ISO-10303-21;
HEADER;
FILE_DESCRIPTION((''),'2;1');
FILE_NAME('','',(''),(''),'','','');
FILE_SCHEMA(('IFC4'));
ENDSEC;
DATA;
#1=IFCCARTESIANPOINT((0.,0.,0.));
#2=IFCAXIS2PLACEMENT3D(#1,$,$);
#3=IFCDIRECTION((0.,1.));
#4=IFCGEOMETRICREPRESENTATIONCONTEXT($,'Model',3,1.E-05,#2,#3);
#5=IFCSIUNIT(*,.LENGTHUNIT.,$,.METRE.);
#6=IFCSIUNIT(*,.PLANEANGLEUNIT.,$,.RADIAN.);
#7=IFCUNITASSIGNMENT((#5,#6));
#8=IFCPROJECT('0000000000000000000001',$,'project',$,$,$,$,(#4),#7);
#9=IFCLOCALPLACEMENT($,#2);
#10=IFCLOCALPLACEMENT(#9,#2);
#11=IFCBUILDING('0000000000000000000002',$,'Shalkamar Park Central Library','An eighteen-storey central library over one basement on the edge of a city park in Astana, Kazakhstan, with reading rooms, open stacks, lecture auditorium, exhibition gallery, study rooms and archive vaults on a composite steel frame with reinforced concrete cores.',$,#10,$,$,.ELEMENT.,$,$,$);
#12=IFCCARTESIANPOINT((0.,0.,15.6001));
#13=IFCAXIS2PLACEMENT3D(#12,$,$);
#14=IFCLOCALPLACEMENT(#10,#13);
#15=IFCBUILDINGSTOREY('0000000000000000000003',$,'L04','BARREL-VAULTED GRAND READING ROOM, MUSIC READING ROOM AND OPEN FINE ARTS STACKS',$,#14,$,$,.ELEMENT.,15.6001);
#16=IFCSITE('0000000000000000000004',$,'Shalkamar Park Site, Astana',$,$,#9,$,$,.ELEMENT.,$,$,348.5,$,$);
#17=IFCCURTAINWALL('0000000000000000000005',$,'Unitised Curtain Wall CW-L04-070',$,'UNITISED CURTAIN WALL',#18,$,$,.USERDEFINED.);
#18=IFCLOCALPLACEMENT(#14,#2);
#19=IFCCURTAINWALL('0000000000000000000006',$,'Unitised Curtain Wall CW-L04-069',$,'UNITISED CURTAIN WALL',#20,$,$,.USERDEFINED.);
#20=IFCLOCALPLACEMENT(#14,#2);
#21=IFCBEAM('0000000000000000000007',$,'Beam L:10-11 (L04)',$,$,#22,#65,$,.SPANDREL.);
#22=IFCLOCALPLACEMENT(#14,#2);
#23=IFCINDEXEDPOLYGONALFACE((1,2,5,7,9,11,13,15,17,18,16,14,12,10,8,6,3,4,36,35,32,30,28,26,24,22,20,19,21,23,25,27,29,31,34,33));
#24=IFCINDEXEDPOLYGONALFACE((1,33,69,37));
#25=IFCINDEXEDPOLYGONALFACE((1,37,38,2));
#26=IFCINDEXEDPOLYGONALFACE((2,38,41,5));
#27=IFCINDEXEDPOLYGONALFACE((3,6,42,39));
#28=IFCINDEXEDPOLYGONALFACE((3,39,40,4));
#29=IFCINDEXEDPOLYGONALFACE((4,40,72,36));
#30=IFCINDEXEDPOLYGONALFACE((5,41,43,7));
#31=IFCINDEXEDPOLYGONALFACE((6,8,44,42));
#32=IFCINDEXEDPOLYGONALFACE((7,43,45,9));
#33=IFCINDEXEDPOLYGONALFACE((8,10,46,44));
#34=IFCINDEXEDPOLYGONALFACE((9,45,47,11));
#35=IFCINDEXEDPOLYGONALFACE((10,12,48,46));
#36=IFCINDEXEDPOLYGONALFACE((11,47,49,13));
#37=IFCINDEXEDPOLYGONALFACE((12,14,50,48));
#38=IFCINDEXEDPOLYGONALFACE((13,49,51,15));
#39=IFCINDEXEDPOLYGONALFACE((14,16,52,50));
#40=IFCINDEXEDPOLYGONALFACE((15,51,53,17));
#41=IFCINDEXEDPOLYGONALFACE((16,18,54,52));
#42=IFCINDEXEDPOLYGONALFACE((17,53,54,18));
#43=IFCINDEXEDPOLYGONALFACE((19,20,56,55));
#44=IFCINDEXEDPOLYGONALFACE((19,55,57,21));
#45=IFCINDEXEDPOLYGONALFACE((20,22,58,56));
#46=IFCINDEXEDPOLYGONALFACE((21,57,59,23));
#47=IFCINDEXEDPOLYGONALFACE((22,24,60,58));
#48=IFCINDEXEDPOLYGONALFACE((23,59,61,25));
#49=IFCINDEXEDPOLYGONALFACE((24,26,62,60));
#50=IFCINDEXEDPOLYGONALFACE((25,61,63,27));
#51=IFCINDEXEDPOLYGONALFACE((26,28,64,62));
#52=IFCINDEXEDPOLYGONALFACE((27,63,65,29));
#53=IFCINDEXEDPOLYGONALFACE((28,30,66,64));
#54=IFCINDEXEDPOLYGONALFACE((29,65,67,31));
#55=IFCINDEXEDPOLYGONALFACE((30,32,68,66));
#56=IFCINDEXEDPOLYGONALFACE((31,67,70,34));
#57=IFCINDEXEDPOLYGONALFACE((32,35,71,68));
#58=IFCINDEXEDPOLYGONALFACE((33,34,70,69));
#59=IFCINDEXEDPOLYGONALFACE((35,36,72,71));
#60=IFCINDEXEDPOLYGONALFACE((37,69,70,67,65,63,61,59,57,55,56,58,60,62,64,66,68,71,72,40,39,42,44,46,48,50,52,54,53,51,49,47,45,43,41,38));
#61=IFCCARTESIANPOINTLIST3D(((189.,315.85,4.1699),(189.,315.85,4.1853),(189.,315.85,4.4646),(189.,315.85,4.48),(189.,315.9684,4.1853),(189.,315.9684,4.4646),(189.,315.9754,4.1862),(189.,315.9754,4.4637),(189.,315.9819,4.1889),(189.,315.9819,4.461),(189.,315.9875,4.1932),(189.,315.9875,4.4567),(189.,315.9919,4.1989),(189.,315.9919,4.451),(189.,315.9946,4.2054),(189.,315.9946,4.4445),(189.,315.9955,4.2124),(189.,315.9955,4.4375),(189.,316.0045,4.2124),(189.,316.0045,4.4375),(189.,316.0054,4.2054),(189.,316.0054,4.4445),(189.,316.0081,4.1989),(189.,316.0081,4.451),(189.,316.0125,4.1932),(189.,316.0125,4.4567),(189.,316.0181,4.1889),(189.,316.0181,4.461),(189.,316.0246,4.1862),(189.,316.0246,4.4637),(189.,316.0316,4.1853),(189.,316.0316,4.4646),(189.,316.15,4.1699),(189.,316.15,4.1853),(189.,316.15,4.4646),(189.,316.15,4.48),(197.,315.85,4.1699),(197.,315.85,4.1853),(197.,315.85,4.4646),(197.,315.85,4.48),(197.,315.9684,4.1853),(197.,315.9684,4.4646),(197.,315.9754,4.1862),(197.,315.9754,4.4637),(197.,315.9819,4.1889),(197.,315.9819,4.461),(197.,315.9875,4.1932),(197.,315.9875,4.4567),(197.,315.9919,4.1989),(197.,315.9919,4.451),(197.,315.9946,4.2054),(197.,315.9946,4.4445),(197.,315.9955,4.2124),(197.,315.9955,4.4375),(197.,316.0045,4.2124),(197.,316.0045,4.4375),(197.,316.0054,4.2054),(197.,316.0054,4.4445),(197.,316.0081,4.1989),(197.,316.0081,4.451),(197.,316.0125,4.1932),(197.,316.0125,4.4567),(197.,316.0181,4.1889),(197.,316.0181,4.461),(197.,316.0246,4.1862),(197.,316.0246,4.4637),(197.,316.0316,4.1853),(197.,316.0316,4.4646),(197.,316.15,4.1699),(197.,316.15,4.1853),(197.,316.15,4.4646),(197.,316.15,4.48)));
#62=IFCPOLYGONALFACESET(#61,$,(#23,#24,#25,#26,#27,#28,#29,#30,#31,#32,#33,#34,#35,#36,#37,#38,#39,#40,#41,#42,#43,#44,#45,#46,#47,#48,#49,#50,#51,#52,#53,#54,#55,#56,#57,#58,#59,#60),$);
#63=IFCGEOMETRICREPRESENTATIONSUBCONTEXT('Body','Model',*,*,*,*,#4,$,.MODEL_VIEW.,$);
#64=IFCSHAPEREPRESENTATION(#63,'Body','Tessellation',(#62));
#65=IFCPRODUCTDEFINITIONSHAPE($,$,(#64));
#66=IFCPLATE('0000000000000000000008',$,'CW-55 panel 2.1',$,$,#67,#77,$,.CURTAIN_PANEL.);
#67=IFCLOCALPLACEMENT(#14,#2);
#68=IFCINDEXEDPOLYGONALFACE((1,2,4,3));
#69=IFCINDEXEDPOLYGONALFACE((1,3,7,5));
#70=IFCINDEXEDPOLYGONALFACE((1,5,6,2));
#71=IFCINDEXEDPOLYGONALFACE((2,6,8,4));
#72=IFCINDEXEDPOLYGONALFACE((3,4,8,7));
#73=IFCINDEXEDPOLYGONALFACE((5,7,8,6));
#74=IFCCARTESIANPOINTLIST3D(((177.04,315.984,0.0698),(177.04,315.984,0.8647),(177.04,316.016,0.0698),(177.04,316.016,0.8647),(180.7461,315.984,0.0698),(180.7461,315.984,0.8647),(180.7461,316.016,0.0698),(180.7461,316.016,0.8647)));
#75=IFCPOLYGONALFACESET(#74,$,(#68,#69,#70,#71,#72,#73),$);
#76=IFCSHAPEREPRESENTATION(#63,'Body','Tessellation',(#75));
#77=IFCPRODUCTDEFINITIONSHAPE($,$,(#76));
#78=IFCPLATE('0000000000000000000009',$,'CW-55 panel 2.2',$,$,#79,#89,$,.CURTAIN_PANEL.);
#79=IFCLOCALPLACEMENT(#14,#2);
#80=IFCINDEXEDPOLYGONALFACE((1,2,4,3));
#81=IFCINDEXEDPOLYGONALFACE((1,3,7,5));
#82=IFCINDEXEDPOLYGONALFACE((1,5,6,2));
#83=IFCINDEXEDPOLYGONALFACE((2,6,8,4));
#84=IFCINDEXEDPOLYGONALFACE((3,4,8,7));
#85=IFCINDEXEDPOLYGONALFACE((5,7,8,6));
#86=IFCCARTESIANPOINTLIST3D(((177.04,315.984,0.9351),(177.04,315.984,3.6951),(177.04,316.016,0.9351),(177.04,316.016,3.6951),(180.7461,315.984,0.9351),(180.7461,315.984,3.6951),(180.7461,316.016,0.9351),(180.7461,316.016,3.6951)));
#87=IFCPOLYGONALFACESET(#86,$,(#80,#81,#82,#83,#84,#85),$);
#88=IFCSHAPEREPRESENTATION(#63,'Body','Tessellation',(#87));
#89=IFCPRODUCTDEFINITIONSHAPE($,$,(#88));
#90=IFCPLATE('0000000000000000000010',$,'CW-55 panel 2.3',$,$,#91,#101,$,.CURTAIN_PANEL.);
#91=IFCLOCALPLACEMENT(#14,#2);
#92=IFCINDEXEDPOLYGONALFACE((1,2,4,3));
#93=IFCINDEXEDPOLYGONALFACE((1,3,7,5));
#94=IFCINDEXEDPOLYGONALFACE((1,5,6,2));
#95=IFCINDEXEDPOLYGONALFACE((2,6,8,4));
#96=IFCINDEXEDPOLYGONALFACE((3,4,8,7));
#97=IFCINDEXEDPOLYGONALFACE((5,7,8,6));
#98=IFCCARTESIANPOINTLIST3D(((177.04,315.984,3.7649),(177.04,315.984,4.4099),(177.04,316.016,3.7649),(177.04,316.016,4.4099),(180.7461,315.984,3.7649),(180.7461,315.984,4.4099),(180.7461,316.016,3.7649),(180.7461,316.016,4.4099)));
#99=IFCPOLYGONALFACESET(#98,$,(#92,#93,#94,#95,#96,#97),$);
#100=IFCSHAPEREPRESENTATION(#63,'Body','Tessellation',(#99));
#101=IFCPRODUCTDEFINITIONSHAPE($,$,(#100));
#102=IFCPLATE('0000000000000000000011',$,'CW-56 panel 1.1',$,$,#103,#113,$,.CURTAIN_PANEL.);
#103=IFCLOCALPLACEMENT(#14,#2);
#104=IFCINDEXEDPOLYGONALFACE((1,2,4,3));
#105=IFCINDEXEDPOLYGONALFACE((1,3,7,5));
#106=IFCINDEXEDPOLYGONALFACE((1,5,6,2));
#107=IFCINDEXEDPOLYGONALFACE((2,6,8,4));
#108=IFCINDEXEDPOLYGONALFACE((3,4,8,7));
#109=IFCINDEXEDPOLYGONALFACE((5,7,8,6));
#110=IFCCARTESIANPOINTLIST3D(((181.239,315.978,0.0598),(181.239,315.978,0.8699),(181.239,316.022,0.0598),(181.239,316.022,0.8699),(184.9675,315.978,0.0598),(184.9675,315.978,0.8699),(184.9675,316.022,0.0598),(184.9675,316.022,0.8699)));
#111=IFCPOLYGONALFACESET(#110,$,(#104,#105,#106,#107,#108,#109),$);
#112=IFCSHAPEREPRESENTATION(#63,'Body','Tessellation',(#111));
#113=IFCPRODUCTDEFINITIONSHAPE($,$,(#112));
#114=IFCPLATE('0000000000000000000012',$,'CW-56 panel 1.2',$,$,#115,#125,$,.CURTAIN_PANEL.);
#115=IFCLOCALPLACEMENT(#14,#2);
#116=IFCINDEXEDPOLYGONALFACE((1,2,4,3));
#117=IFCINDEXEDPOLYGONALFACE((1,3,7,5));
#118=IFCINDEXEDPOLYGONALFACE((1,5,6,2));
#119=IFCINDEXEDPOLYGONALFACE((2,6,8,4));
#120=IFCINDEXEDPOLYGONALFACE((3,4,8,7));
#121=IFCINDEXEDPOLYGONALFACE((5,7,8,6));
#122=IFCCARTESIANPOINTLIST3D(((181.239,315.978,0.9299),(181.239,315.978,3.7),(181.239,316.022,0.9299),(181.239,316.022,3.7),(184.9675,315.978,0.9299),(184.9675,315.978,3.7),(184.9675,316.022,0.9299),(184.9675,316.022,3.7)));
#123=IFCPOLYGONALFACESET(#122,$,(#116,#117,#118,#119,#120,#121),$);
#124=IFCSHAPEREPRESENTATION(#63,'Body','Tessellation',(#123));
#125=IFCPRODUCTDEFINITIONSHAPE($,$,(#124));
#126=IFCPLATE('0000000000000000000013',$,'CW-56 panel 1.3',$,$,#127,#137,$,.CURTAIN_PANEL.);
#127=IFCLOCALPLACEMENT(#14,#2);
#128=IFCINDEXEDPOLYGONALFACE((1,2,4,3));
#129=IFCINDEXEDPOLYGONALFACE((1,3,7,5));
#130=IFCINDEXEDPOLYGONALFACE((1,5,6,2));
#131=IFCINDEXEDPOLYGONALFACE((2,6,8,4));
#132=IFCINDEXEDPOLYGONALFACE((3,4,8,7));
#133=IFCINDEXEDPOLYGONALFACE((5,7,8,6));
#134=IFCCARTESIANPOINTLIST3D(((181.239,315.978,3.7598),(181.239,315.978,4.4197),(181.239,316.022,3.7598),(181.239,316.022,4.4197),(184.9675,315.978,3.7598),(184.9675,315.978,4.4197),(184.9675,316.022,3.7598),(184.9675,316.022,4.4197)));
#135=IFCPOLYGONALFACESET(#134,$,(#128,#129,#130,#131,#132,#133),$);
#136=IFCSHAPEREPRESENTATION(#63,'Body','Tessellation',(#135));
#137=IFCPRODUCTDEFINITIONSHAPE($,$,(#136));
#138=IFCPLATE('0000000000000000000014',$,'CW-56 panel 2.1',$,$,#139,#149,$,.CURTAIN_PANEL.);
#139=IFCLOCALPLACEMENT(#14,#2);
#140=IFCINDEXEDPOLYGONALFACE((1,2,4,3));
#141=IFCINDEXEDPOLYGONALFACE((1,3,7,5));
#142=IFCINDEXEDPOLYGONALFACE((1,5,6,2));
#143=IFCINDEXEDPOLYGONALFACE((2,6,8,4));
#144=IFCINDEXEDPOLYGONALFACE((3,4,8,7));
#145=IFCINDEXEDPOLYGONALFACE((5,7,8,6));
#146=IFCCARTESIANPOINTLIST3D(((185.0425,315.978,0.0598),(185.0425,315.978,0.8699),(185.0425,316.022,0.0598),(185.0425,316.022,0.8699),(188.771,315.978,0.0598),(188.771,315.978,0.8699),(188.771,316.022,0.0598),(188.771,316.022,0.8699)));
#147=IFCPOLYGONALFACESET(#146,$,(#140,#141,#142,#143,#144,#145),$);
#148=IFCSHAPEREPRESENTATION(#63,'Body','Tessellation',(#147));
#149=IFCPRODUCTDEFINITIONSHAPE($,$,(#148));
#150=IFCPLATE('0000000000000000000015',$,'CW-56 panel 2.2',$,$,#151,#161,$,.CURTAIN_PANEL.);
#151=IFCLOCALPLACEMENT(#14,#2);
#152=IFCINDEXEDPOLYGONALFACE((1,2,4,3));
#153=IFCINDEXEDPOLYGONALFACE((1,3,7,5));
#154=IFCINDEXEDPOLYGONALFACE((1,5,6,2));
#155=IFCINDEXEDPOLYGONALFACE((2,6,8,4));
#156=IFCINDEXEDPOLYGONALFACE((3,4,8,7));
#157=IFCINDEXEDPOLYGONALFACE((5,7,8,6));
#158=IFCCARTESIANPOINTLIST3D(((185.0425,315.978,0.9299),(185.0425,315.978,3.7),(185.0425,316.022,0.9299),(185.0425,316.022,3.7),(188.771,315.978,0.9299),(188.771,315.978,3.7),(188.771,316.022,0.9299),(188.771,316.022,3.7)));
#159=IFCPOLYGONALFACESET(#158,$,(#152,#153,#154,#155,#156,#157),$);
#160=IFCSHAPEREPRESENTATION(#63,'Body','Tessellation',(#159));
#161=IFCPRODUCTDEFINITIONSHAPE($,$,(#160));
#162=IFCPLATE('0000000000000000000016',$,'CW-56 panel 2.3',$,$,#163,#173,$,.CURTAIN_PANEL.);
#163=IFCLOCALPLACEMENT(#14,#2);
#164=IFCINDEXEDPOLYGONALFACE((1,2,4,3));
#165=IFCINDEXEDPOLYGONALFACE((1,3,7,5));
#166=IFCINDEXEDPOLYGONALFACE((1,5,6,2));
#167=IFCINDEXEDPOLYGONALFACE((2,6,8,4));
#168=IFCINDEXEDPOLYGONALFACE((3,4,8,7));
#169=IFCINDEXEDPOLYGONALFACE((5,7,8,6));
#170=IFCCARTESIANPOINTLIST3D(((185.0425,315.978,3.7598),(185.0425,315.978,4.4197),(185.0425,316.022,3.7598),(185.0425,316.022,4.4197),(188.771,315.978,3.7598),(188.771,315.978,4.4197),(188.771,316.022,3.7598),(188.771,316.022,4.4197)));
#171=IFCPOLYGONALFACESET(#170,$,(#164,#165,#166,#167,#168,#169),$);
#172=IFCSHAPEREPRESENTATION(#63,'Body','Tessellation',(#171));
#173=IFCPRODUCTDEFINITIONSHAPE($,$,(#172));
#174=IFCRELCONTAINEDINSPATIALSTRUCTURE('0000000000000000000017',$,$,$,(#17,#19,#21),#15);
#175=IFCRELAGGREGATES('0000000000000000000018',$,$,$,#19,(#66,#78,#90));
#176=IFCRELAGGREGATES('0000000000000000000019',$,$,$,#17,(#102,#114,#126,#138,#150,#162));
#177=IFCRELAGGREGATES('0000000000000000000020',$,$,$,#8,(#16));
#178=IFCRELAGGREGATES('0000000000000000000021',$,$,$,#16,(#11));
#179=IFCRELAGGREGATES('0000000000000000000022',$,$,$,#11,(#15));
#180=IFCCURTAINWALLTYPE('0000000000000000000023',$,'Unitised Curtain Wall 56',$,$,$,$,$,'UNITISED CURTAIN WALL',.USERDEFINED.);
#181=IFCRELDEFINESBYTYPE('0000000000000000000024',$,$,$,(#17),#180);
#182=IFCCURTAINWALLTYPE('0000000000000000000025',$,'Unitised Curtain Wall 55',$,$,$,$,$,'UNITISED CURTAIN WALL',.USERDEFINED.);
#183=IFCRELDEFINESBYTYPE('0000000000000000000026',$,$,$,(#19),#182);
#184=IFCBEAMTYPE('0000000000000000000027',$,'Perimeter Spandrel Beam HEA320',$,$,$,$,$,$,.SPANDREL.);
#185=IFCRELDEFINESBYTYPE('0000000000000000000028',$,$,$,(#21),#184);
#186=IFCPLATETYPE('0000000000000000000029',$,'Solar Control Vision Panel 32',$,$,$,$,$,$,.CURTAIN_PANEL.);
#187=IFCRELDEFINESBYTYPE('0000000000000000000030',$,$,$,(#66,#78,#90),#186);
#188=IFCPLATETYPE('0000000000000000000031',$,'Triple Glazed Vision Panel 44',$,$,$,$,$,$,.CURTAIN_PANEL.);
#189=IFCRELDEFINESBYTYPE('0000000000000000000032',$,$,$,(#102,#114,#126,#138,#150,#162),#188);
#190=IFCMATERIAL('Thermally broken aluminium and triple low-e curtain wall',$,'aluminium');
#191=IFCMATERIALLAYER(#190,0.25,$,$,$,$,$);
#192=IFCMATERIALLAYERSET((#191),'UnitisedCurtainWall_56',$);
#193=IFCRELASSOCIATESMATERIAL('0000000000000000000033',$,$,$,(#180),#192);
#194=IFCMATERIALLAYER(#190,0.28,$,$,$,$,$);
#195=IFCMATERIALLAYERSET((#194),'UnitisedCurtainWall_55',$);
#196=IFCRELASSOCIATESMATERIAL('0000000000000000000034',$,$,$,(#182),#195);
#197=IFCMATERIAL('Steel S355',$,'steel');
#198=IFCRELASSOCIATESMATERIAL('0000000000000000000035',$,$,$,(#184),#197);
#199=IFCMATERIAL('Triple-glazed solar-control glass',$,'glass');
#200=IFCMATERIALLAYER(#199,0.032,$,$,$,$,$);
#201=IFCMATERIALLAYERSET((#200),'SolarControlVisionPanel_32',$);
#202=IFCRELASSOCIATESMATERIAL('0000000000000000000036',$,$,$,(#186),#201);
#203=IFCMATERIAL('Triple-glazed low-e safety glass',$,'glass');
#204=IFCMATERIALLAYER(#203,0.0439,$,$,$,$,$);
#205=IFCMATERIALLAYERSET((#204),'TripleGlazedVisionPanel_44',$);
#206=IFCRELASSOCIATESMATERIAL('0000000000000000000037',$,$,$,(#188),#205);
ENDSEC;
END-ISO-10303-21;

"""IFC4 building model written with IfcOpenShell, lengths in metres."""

from ifc_helpers import new_model, si_unit, direction, frame, origin, origin_2d, place, context, subcontext, project, spatial, rectangle, i_section, extrude, material, layer, layer_set, material_profile, profile_set, type_object, element, aggregate, save


model = new_model("IFC4")

# Units and contexts
model_context = context("Model", 3, precision=1e-05, world=origin(), true_north=direction((0.0, 1.0)))
body_context = subcontext(model_context, "Body", "Model", "MODEL_VIEW")
ifc_project = project(units=[si_unit("LENGTHUNIT", "METRE"), si_unit("PLANEANGLEUNIT", "RADIAN")], contexts=[model_context])

# Site, building, storey
site_placement = place(None, origin())
site = spatial("IfcSite", under=ifc_project, at=site_placement, Name="Shalkamar Park Site, Astana", CompositionType="ELEMENT", RefElevation=348.5)
building_placement = place(site_placement, origin())
building = spatial("IfcBuilding", under=site, at=building_placement, Name="Shalkamar Park Central Library", Description="An eighteen-storey central library over one basement on the edge of a city park in Astana, Kazakhstan, with reading rooms, open stacks, lecture auditorium, exhibition gallery, study rooms and archive vaults on a composite steel frame with reinforced concrete cores.", CompositionType="ELEMENT")
storey_placement = place(building_placement, frame((0.0, 0.0, 15.6001)))
storey = spatial("IfcBuildingStorey", under=building, at=storey_placement, Name="L04", Description="BARREL-VAULTED GRAND READING ROOM, MUSIC READING ROOM AND OPEN FINE ARTS STACKS", CompositionType="ELEMENT", Elevation=15.6001)

# Shared definitions
ifc_material_1 = material(Name="Steel S355", Category="steel")

# Curtain wall
ifc_material_2 = material(Name="Thermally broken aluminium and triple low-e curtain wall", Category="aluminium")
ifc_layer_1 = layer(ifc_material_2, 0.25)
ifc_layer_set_1 = layer_set([ifc_layer_1], Name="UnitisedCurtainWall_56")
curtain_wall_type_1 = type_object("IfcCurtainWallType", Name="Unitised Curtain Wall 56", ElementType="UNITISED CURTAIN WALL", PredefinedType="USERDEFINED", material=ifc_layer_set_1)
curtain_wall_1_placement = place(storey_placement, origin())
curtain_wall_1 = element("IfcCurtainWall", 1, at=curtain_wall_1_placement, inside=storey, type_object=curtain_wall_type_1, Name="Unitised Curtain Wall CW-L04-070", ObjectType="UNITISED CURTAIN WALL", PredefinedType="USERDEFINED")

# Curtain wall
ifc_layer_2 = layer(ifc_material_2, 0.28)
ifc_layer_set_2 = layer_set([ifc_layer_2], Name="UnitisedCurtainWall_55")
curtain_wall_type_2 = type_object("IfcCurtainWallType", Name="Unitised Curtain Wall 55", ElementType="UNITISED CURTAIN WALL", PredefinedType="USERDEFINED", material=ifc_layer_set_2)
curtain_wall_2_placement = place(storey_placement, origin())
curtain_wall_2 = element("IfcCurtainWall", 2, at=curtain_wall_2_placement, inside=storey, type_object=curtain_wall_type_2, Name="Unitised Curtain Wall CW-L04-069", ObjectType="UNITISED CURTAIN WALL", PredefinedType="USERDEFINED")

# Beam
ifc_material_profile_1 = material_profile(ifc_material_1, i_section(OverallWidth=0.3, OverallDepth=0.3101, WebThickness=0.009, FlangeThickness=0.0154, FilletRadius=0.0271, at=origin_2d()), Name="HEA 320")
ifc_profile_set_1 = profile_set([ifc_material_profile_1], Name="Steel S355")
beam_type_1 = type_object("IfcBeamType", Name="Perimeter Spandrel Beam HEA320", PredefinedType="SPANDREL", material=ifc_profile_set_1)
for number, where, z_axis, x_axis, name in (
    (3, (189.0, 316.0, 4.325), (1.0, 0.0, 0.0), (0.0, 1.0, 0.0), "Beam L:10-11 (L04)"),
):
    element("IfcBeam", number, at=place(storey_placement, frame(where, z_axis=z_axis, x_axis=x_axis)), inside=storey, type_object=beam_type_1, Name=name, PredefinedType="SPANDREL", context=body_context, shape_type="SweptSolid", body=[
        extrude(i_section(OverallWidth=0.3, OverallDepth=0.3101, WebThickness=0.009, FlangeThickness=0.0154, FilletRadius=0.0271, at=origin_2d()), origin(), (0.0, 0.0, 1.0), 8.0),
    ])

# Plates
ifc_material_3 = material(Name="Triple-glazed solar-control glass", Category="glass")
ifc_layer_3 = layer(ifc_material_3, 0.032)
ifc_layer_set_3 = layer_set([ifc_layer_3], Name="SolarControlVisionPanel_32")
plate_type_1 = type_object("IfcPlateType", Name="Solar Control Vision Panel 32", PredefinedType="CURTAIN_PANEL", material=ifc_layer_set_3)
plate_1_placement = place(storey_placement, frame((178.8931, 316.0, 0.0698), z_axis=(0.0, 0.0, 1.0), x_axis=(1.0, 0.0, 0.0)))
plate_1 = element("IfcPlate", 4, at=plate_1_placement, type_object=plate_type_1, Name="CW-55 panel 2.1", PredefinedType="CURTAIN_PANEL", context=body_context, shape_type="SweptSolid", body=[
    extrude(rectangle(XDim=3.7061, YDim=0.032, at=origin_2d()), origin(), (0.0, 0.0, 1.0), 0.7949),
])
plate_2_placement = place(storey_placement, frame((178.8931, 316.0, 0.9351), z_axis=(0.0, 0.0, 1.0), x_axis=(1.0, 0.0, 0.0)))
plate_2 = element("IfcPlate", 5, at=plate_2_placement, type_object=plate_type_1, Name="CW-55 panel 2.2", PredefinedType="CURTAIN_PANEL", context=body_context, shape_type="SweptSolid", body=[
    extrude(rectangle(XDim=3.7061, YDim=0.032, at=origin_2d()), origin(), (0.0, 0.0, 1.0), 2.76),
])
plate_3_placement = place(storey_placement, frame((178.8931, 316.0, 3.7649), z_axis=(0.0, 0.0, 1.0), x_axis=(1.0, 0.0, 0.0)))
plate_3 = element("IfcPlate", 6, at=plate_3_placement, type_object=plate_type_1, Name="CW-55 panel 2.3", PredefinedType="CURTAIN_PANEL", context=body_context, shape_type="SweptSolid", body=[
    extrude(rectangle(XDim=3.7061, YDim=0.032, at=origin_2d()), origin(), (0.0, 0.0, 1.0), 0.645),
])
aggregate(curtain_wall_2, [plate_1, plate_2, plate_3])
ifc_material_4 = material(Name="Triple-glazed low-e safety glass", Category="glass")
ifc_layer_4 = layer(ifc_material_4, 0.0439)
ifc_layer_set_4 = layer_set([ifc_layer_4], Name="TripleGlazedVisionPanel_44")
plate_type_2 = type_object("IfcPlateType", Name="Triple Glazed Vision Panel 44", PredefinedType="CURTAIN_PANEL", material=ifc_layer_set_4)
plate_4_placement = place(storey_placement, frame((183.1033, 316.0, 0.0598), z_axis=(0.0, 0.0, 1.0), x_axis=(1.0, 0.0, 0.0)))
plate_4 = element("IfcPlate", 7, at=plate_4_placement, type_object=plate_type_2, Name="CW-56 panel 1.1", PredefinedType="CURTAIN_PANEL", context=body_context, shape_type="SweptSolid", body=[
    extrude(rectangle(XDim=3.7285, YDim=0.0439, at=origin_2d()), origin(), (0.0, 0.0, 1.0), 0.8101),
])
plate_5_placement = place(storey_placement, frame((183.1033, 316.0, 0.9299), z_axis=(0.0, 0.0, 1.0), x_axis=(1.0, 0.0, 0.0)))
plate_5 = element("IfcPlate", 8, at=plate_5_placement, type_object=plate_type_2, Name="CW-56 panel 1.2", PredefinedType="CURTAIN_PANEL", context=body_context, shape_type="SweptSolid", body=[
    extrude(rectangle(XDim=3.7285, YDim=0.0439, at=origin_2d()), origin(), (0.0, 0.0, 1.0), 2.77),
])
plate_6_placement = place(storey_placement, frame((183.1033, 316.0, 3.7598), z_axis=(0.0, 0.0, 1.0), x_axis=(1.0, 0.0, 0.0)))
plate_6 = element("IfcPlate", 9, at=plate_6_placement, type_object=plate_type_2, Name="CW-56 panel 1.3", PredefinedType="CURTAIN_PANEL", context=body_context, shape_type="SweptSolid", body=[
    extrude(rectangle(XDim=3.7285, YDim=0.0439, at=origin_2d()), origin(), (0.0, 0.0, 1.0), 0.6599),
])
plate_7_placement = place(storey_placement, frame((186.9067, 316.0, 0.0598), z_axis=(0.0, 0.0, 1.0), x_axis=(1.0, 0.0, 0.0)))
plate_7 = element("IfcPlate", 10, at=plate_7_placement, type_object=plate_type_2, Name="CW-56 panel 2.1", PredefinedType="CURTAIN_PANEL", context=body_context, shape_type="SweptSolid", body=[
    extrude(rectangle(XDim=3.7285, YDim=0.0439, at=origin_2d()), origin(), (0.0, 0.0, 1.0), 0.8101),
])
plate_8_placement = place(storey_placement, frame((186.9067, 316.0, 0.9299), z_axis=(0.0, 0.0, 1.0), x_axis=(1.0, 0.0, 0.0)))
plate_8 = element("IfcPlate", 11, at=plate_8_placement, type_object=plate_type_2, Name="CW-56 panel 2.2", PredefinedType="CURTAIN_PANEL", context=body_context, shape_type="SweptSolid", body=[
    extrude(rectangle(XDim=3.7285, YDim=0.0439, at=origin_2d()), origin(), (0.0, 0.0, 1.0), 2.77),
])
plate_9_placement = place(storey_placement, frame((186.9067, 316.0, 3.7598), z_axis=(0.0, 0.0, 1.0), x_axis=(1.0, 0.0, 0.0)))
plate_9 = element("IfcPlate", 12, at=plate_9_placement, type_object=plate_type_2, Name="CW-56 panel 2.3", PredefinedType="CURTAIN_PANEL", context=body_context, shape_type="SweptSolid", body=[
    extrude(rectangle(XDim=3.7285, YDim=0.0439, at=origin_2d()), origin(), (0.0, 0.0, 1.0), 0.6599),
])
aggregate(curtain_wall_1, [plate_4, plate_5, plate_6, plate_7, plate_8, plate_9])

save(model, "model.ifc")
